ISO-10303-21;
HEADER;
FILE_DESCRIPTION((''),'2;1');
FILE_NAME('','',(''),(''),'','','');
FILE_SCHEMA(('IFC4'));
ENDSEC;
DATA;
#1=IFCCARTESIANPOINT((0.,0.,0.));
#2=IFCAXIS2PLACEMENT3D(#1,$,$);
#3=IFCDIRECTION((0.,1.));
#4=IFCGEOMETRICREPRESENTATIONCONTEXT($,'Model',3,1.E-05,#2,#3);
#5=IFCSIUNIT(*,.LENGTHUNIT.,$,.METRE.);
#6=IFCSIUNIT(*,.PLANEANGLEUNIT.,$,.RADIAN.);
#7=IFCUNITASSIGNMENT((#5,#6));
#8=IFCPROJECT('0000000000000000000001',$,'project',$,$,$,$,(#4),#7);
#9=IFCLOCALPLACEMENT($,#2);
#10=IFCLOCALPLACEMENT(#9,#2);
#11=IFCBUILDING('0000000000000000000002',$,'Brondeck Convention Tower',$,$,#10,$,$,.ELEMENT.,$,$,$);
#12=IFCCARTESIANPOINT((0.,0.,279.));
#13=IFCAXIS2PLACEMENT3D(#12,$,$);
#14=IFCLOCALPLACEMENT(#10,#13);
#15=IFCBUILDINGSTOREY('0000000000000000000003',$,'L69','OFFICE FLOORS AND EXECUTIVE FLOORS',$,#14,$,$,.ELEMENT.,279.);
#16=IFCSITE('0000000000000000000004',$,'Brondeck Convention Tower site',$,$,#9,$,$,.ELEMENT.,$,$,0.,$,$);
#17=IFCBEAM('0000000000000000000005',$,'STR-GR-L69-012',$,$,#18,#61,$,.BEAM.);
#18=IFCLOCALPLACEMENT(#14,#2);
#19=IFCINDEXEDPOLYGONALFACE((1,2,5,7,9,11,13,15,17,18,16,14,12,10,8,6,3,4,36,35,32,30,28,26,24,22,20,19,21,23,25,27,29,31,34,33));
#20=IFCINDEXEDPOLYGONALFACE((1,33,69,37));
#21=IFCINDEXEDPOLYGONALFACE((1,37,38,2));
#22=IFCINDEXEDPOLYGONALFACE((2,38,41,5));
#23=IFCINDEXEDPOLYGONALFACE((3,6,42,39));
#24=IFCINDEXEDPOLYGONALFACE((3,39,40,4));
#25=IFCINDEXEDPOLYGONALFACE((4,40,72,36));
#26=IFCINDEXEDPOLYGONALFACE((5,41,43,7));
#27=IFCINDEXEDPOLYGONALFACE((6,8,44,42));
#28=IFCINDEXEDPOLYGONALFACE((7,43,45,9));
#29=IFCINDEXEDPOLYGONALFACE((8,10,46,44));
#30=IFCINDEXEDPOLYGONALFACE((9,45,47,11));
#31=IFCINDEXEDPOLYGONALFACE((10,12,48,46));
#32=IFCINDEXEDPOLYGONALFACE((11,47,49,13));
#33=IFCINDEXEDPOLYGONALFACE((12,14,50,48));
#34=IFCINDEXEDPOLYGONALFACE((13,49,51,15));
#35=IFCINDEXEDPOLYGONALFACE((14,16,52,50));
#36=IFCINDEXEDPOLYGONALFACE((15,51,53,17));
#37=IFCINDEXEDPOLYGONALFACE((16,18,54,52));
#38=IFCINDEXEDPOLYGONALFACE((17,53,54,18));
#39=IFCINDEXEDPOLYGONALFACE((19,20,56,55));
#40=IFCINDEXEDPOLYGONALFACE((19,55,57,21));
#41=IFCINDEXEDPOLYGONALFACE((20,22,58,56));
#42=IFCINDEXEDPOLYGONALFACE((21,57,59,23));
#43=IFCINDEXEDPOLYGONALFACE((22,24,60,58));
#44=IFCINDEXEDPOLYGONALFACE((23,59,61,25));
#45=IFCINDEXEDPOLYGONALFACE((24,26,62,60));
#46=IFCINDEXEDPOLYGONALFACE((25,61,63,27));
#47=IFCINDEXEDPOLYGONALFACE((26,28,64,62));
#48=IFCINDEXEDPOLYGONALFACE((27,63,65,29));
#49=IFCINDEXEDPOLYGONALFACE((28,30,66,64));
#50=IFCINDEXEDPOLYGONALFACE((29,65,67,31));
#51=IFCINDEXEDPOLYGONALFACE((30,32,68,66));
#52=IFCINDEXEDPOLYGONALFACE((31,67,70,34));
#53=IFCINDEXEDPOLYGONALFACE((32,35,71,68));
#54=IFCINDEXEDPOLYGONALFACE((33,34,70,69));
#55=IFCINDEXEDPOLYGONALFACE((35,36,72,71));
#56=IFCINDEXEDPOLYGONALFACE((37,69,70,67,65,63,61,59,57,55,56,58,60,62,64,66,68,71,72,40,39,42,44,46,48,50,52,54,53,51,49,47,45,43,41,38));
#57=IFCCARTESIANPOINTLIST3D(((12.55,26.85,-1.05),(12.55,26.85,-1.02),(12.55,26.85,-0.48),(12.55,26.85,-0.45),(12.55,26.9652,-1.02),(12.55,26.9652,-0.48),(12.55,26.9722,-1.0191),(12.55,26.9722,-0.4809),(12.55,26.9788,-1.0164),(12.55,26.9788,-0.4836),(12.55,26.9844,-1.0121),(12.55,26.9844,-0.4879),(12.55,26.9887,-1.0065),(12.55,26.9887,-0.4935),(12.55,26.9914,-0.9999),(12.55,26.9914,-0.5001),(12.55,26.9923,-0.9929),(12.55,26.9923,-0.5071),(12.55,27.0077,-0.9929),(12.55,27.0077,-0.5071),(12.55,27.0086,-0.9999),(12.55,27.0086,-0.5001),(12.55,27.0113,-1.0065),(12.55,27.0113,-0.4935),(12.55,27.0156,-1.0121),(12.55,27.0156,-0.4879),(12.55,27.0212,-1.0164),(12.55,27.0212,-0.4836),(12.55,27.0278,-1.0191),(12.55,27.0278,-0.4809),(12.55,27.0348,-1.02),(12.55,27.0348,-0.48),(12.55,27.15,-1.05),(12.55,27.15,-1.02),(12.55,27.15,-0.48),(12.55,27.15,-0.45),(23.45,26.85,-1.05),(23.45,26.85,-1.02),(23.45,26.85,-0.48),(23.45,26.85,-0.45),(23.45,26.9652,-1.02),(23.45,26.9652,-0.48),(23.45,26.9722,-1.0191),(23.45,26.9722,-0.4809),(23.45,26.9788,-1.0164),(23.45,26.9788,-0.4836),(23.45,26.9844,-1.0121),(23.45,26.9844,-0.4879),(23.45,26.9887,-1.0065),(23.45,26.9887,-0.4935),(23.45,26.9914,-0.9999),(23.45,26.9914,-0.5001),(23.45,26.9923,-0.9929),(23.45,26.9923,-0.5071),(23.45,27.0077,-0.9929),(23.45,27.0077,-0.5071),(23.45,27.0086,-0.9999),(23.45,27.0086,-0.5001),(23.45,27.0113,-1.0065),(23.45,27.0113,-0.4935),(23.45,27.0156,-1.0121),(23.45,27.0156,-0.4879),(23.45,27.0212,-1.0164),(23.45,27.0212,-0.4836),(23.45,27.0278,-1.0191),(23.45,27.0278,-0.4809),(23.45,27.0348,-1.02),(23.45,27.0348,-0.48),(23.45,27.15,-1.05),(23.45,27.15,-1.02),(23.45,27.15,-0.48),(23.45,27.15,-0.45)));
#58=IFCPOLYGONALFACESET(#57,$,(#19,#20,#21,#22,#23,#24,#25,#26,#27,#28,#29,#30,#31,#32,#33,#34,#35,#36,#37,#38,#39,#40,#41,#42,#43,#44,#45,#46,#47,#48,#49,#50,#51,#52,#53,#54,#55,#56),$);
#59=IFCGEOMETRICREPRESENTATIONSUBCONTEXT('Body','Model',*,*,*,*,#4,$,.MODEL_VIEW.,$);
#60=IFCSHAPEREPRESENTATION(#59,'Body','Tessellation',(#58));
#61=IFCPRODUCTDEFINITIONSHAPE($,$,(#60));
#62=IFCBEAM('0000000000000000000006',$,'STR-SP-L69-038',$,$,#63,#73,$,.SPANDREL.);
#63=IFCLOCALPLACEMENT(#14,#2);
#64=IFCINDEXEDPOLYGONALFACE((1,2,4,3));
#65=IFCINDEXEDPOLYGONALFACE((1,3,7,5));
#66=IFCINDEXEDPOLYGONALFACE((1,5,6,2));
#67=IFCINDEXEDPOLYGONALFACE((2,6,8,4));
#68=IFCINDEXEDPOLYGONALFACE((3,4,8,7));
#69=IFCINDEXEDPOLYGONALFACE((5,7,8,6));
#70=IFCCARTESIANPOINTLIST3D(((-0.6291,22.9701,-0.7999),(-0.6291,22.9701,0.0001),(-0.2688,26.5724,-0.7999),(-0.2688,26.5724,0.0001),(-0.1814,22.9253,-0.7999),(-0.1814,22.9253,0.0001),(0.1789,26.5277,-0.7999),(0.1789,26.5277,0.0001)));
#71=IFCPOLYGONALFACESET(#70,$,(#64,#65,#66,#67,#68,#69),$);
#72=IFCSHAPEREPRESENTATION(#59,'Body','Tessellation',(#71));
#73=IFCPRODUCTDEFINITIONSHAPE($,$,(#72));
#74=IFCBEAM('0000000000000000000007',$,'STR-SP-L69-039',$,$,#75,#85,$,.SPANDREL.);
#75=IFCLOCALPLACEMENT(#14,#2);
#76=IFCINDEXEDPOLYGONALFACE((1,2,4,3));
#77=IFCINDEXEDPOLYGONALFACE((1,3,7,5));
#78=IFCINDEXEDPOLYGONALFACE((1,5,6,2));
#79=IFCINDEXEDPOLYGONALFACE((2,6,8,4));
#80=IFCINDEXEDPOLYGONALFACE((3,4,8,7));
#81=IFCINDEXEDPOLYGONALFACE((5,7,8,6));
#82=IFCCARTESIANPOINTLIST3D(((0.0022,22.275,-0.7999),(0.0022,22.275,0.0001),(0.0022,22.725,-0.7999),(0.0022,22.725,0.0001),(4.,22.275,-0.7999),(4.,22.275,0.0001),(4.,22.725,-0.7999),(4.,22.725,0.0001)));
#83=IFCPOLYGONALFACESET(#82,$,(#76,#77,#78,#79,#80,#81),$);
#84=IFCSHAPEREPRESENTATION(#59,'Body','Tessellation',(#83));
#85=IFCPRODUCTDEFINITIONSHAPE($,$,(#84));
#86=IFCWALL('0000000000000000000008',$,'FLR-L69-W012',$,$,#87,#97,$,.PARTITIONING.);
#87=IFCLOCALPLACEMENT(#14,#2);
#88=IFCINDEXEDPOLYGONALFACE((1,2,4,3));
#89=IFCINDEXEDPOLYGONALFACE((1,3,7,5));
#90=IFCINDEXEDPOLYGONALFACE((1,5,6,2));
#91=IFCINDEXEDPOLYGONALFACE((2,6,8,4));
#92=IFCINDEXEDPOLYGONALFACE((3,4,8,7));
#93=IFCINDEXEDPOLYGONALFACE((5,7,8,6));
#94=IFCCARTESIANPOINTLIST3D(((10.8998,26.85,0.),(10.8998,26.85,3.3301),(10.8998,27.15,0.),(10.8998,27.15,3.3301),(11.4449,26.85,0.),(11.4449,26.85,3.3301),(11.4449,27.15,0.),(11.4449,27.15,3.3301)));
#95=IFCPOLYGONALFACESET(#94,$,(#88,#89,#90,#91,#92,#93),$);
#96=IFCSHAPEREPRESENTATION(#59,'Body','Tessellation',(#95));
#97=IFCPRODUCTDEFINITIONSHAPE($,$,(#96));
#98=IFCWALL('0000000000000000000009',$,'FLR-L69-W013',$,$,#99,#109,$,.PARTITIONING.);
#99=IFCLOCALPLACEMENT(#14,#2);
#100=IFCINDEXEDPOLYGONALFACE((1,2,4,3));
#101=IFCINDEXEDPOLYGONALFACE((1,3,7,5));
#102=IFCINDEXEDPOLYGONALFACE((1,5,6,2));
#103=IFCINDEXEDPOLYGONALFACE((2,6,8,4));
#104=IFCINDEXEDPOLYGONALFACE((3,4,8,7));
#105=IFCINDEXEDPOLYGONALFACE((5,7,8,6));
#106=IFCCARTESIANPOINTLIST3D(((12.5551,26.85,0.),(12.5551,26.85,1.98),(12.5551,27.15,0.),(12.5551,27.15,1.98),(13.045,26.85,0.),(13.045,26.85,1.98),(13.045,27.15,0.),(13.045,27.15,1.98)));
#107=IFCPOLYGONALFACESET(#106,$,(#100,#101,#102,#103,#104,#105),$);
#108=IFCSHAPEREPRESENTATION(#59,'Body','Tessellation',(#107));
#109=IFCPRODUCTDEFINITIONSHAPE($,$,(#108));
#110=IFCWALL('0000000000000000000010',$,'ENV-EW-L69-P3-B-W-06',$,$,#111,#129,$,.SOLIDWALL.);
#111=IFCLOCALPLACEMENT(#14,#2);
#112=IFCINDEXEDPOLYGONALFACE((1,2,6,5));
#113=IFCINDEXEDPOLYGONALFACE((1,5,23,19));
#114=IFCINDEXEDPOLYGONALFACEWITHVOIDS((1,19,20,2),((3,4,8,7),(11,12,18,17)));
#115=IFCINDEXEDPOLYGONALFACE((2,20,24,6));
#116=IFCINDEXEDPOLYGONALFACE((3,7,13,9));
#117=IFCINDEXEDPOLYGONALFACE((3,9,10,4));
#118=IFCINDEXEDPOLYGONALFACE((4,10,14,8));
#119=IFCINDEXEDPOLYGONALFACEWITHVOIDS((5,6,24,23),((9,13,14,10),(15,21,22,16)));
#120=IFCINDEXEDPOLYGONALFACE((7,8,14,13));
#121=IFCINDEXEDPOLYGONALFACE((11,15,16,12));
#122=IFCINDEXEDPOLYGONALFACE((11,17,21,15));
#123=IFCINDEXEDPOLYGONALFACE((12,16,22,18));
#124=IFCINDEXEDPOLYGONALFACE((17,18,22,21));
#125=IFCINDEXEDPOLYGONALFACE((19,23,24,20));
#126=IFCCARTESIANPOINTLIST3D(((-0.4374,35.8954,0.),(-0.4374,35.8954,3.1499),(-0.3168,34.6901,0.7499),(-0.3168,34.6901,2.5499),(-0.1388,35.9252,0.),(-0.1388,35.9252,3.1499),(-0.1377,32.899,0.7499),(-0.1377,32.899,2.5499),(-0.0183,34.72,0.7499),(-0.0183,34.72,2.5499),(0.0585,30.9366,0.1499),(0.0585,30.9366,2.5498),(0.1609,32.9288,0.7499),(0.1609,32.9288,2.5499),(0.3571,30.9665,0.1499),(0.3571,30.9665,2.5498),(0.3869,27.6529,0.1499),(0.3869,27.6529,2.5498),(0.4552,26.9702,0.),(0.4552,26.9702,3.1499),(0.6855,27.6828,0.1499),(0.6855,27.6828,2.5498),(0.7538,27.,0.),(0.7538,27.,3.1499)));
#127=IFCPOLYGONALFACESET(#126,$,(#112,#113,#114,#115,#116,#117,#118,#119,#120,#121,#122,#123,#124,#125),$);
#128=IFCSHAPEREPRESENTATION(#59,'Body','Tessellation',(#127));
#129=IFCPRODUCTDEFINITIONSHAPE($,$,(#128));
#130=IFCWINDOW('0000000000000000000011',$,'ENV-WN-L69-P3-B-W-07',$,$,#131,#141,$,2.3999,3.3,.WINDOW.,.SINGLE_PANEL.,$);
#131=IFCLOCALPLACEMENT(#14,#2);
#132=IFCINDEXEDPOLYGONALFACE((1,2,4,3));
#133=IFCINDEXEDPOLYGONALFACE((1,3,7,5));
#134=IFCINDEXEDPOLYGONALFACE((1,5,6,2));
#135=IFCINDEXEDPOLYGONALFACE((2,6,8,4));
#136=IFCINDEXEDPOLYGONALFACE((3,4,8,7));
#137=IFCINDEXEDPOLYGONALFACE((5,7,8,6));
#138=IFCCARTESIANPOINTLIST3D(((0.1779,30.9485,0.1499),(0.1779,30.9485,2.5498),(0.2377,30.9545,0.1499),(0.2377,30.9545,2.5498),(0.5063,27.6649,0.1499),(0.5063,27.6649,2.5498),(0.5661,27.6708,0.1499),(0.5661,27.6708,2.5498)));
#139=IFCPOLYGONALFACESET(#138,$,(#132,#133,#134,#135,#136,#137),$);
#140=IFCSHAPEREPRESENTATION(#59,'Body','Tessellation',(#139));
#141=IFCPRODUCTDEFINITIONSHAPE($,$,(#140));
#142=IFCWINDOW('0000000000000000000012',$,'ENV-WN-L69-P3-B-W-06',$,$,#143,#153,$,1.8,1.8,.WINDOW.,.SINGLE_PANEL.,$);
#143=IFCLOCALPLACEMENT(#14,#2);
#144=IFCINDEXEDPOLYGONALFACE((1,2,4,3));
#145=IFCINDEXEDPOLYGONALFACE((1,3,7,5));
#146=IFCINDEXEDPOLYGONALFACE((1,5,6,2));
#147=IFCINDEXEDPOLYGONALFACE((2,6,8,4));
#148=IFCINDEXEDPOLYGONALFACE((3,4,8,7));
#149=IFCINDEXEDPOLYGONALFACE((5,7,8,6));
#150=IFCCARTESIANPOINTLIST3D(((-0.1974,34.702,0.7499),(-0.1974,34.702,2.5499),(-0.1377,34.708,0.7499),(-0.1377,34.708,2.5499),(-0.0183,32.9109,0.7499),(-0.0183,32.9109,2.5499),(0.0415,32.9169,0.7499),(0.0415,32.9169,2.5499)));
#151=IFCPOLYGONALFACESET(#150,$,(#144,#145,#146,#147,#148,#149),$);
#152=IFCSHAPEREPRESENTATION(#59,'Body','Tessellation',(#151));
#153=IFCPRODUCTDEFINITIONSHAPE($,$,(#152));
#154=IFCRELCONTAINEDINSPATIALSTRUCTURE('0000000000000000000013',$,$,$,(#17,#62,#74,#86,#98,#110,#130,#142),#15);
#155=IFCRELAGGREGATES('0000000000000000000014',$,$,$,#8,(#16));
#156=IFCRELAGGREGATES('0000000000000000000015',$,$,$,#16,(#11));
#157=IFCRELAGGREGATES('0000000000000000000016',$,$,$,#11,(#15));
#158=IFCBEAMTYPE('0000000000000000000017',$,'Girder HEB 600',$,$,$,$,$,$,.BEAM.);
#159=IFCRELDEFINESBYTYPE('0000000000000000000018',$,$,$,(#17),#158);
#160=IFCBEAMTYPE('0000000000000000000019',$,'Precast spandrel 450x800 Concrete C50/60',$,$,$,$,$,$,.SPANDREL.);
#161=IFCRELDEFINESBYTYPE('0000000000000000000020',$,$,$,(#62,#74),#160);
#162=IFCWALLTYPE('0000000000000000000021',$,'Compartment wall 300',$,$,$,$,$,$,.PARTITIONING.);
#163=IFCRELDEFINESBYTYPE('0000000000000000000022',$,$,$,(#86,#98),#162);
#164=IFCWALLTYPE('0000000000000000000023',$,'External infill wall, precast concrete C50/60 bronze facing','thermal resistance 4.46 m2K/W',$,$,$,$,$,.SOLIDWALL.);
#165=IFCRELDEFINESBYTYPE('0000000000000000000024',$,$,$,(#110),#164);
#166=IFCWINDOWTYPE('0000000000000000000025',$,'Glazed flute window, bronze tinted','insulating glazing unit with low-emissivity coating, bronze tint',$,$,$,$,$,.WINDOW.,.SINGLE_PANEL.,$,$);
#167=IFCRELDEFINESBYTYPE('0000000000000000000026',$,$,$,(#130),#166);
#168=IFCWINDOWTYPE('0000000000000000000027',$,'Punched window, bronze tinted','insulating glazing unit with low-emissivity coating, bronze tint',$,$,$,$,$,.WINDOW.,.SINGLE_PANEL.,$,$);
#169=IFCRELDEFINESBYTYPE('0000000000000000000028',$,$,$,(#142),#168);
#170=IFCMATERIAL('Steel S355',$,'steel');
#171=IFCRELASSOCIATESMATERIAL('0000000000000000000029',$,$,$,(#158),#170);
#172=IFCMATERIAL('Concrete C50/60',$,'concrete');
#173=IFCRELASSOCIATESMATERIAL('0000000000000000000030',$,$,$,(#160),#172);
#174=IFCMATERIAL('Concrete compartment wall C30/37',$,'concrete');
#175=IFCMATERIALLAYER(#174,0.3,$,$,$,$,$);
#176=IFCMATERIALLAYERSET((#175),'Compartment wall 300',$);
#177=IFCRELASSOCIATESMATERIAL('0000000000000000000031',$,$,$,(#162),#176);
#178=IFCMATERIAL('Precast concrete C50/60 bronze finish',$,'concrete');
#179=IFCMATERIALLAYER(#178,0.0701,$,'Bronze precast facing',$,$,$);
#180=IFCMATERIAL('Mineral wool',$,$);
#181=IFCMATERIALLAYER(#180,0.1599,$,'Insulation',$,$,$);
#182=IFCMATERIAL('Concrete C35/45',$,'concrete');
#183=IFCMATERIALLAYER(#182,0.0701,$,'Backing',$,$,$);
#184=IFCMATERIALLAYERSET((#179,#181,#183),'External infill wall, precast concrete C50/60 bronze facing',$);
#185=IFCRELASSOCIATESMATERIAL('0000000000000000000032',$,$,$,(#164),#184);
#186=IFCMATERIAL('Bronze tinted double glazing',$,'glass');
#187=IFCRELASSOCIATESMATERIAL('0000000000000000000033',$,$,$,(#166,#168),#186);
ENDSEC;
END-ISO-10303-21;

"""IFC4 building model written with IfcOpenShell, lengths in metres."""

from ifc_helpers import new_model, si_unit, direction, frame, frame_2d, origin, origin_2d, place, context, subcontext, project, spatial, rectangle, i_section, extrude, material, layer, layer_set, material_profile, profile_set, type_object, element, fill, save


model = new_model("IFC4")

# Units and contexts
model_context = context("Model", 3, precision=1e-05, world=origin(), true_north=direction((0.0, 1.0)))
body_context = subcontext(model_context, "Body", "Model", "MODEL_VIEW")
ifc_project = project(units=[si_unit("LENGTHUNIT", "METRE"), si_unit("PLANEANGLEUNIT", "RADIAN")], contexts=[model_context])

# Site, building, storey
site_placement = place(None, origin())
site = spatial("IfcSite", under=ifc_project, at=site_placement, Name="Brondeck Convention Tower site", CompositionType="ELEMENT", RefElevation=0.0)
building_placement = place(site_placement, origin())
building = spatial("IfcBuilding", under=site, at=building_placement, Name="Brondeck Convention Tower", CompositionType="ELEMENT")
storey_placement = place(building_placement, frame((0.0, 0.0, 279.0)))
storey = spatial("IfcBuildingStorey", under=building, at=storey_placement, Name="L69", Description="OFFICE FLOORS AND EXECUTIVE FLOORS", CompositionType="ELEMENT", Elevation=279.0)

# Shared definitions
ifc_material_1 = material(Name="Concrete C50/60", Category="concrete")

# Beams
ifc_material_2 = material(Name="Steel S355", Category="steel")
ifc_material_profile_1 = material_profile(ifc_material_2, i_section(OverallWidth=0.3, OverallDepth=0.6001, WebThickness=0.0154, FlangeThickness=0.03, FilletRadius=0.0271, at=origin_2d()), Name="HEB 600")
ifc_profile_set_1 = profile_set([ifc_material_profile_1], Name="Steel S355")
beam_type_1 = type_object("IfcBeamType", Name="Girder HEB 600", PredefinedType="BEAM", material=ifc_profile_set_1)
beam_1_placement = place(storey_placement, frame((12.55, 27.0, -0.75), z_axis=(1.0, 0.0, 0.0), x_axis=(0.0, 1.0, 0.0)))
element("IfcBeam", 1, at=beam_1_placement, inside=storey, type_object=beam_type_1, Name="STR-GR-L69-012", PredefinedType="BEAM", context=body_context, shape_type="SweptSolid", body=[
    extrude(i_section(OverallWidth=0.3, OverallDepth=0.6001, WebThickness=0.0154, FlangeThickness=0.03, FilletRadius=0.0271, at=origin_2d()), origin(), (0.0, 0.0, 1.0), 10.8999),
])
ifc_material_profile_2 = material_profile(ifc_material_1, rectangle(XDim=0.45, YDim=0.8, at=origin_2d()), Name="Precast spandrel 450x800 Concrete C50/60")
ifc_profile_set_2 = profile_set([ifc_material_profile_2], Name="Concrete C50/60")
beam_type_2 = type_object("IfcBeamType", Name="Precast spandrel 450x800 Concrete C50/60", PredefinedType="SPANDREL", material=ifc_profile_set_2)
beam_2_placement = place(storey_placement, frame((-0.0449, 26.55, -0.3999), z_axis=(-0.099537, -0.995034, 0.0), x_axis=(0.995034, -0.099537, 0.0)))
element("IfcBeam", 2, at=beam_2_placement, inside=storey, type_object=beam_type_2, Name="STR-SP-L69-038", PredefinedType="SPANDREL", context=body_context, shape_type="SweptSolid", body=[
    extrude(rectangle(XDim=0.45, YDim=0.8, at=origin_2d()), origin(), (0.0, 0.0, 1.0), 3.6204),
])
beam_3_placement = place(storey_placement, frame((0.0022, 22.5, -0.3999), z_axis=(1.0, 0.0, 0.0), x_axis=(0.0, 1.0, 0.0)))
element("IfcBeam", 3, at=beam_3_placement, inside=storey, type_object=beam_type_2, Name="STR-SP-L69-039", PredefinedType="SPANDREL", context=body_context, shape_type="SweptSolid", body=[
    extrude(rectangle(XDim=0.45, YDim=0.8, at=origin_2d()), origin(), (0.0, 0.0, 1.0), 3.9978),
])

# Walls
ifc_material_3 = material(Name="Concrete compartment wall C30/37", Category="concrete")
ifc_layer_1 = layer(ifc_material_3, 0.3)
ifc_layer_set_1 = layer_set([ifc_layer_1], Name="Compartment wall 300")
wall_type_1 = type_object("IfcWallType", Name="Compartment wall 300", PredefinedType="PARTITIONING", material=ifc_layer_set_1)
wall_1_placement = place(storey_placement, frame((10.8999, 27.0, 0.0), z_axis=(0.0, 0.0, 1.0), x_axis=(1.0, 0.0, 0.0)))
element("IfcWall", 4, at=wall_1_placement, inside=storey, type_object=wall_type_1, Name="FLR-L69-W012", PredefinedType="PARTITIONING", context=body_context, shape_type="SweptSolid", body=[
    extrude(rectangle(XDim=0.5452, YDim=0.3, at=frame_2d((0.2725, 0.0))), origin(), (0.0, 0.0, 1.0), 3.3301),
])
wall_2_placement = place(storey_placement, frame((12.5549, 27.0, 0.0), z_axis=(0.0, 0.0, 1.0), x_axis=(1.0, 0.0, 0.0)))
element("IfcWall", 5, at=wall_2_placement, inside=storey, type_object=wall_type_1, Name="FLR-L69-W013", PredefinedType="PARTITIONING", context=body_context, shape_type="SweptSolid", body=[
    extrude(rectangle(XDim=0.49, YDim=0.3, at=frame_2d((0.2451, 0.0))), origin(), (0.0, 0.0, 1.0), 1.98),
])

# Wall, openings, windows
ifc_material_4 = material(Name="Precast concrete C50/60 bronze finish", Category="concrete")
ifc_layer_2 = layer(ifc_material_4, 0.0701, Name="Bronze precast facing")
ifc_material_5 = material(Name="Mineral wool")
ifc_layer_3 = layer(ifc_material_5, 0.1599, Name="Insulation")
ifc_material_6 = material(Name="Concrete C35/45", Category="concrete")
ifc_layer_4 = layer(ifc_material_6, 0.0701, Name="Backing")
ifc_layer_set_2 = layer_set([ifc_layer_2, ifc_layer_3, ifc_layer_4], Name="External infill wall, precast concrete C50/60 bronze facing")
wall_type_2 = type_object("IfcWallType", Name="External infill wall, precast concrete C50/60 bronze facing", Description="thermal resistance 4.46 m2K/W", PredefinedType="SOLIDWALL", material=ifc_layer_set_2)
wall_3_placement = place(storey_placement, frame((0.6045, 26.9851, 0.0), z_axis=(0.0, 0.0, 1.0), x_axis=(-0.099509, 0.995037, 0.0)))
wall_3 = element("IfcWall", 6, at=wall_3_placement, inside=storey, type_object=wall_type_2, Name="ENV-EW-L69-P3-B-W-06", PredefinedType="SOLIDWALL", context=body_context, shape_type="SweptSolid", body=[
    extrude(rectangle(XDim=8.9697, YDim=0.3, at=frame_2d((4.4849, 0.0))), origin(), (0.0, 0.0, 1.0), 3.1499),
])
opening_1_placement = place(wall_3_placement, frame((0.6863, 0.0, 0.1499)))
opening_1 = element("IfcOpeningElement", 7, at=opening_1_placement, cuts=wall_3, PredefinedType="OPENING", context=body_context, shape_type="SweptSolid", body=[
    extrude(rectangle(XDim=3.3, YDim=2.3999, at=frame_2d((1.6499, 1.2))), frame((0.0, 0.1599, 0.0), z_axis=(0.0, -1.0, 0.0), x_axis=(1.0, 0.0, 0.0)), (0.0, 0.0, 1.0), 0.3201),
])
opening_2_placement = place(wall_3_placement, frame((5.9585, 0.0, 0.75)))
opening_2 = element("IfcOpeningElement", 8, at=opening_2_placement, cuts=wall_3, PredefinedType="OPENING", context=body_context, shape_type="SweptSolid", body=[
    extrude(rectangle(XDim=1.8, YDim=1.8, at=frame_2d((0.8999, 0.8999))), frame((0.0, 0.1599, 0.0), z_axis=(0.0, -1.0, 0.0), x_axis=(1.0, 0.0, 0.0)), (0.0, 0.0, 1.0), 0.3201),
])
ifc_material_7 = material(Name="Bronze tinted double glazing", Category="glass")
window_type_1 = type_object("IfcWindowType", Name="Glazed flute window, bronze tinted", Description="insulating glazing unit with low-emissivity coating, bronze tint", PartitioningType="SINGLE_PANEL", PredefinedType="WINDOW", material=ifc_material_7)
window_1_placement = place(opening_1_placement, origin())
window_1 = element("IfcWindow", 9, at=window_1_placement, inside=storey, type_object=window_type_1, Name="ENV-WN-L69-P3-B-W-07", OverallHeight=2.3999, OverallWidth=3.3, PartitioningType="SINGLE_PANEL", PredefinedType="WINDOW", context=body_context, shape_type="SweptSolid", body=[
    extrude(rectangle(XDim=3.3, YDim=2.3999, at=frame_2d((1.6499, 1.2))), frame((0.0, 0.03, 0.0), z_axis=(0.0, -1.0, 0.0), x_axis=(1.0, 0.0, 0.0)), (0.0, 0.0, 1.0), 0.0601),
])
fill(opening_1, window_1)
window_type_2 = type_object("IfcWindowType", Name="Punched window, bronze tinted", Description="insulating glazing unit with low-emissivity coating, bronze tint", PartitioningType="SINGLE_PANEL", PredefinedType="WINDOW", material=ifc_material_7)
window_2_placement = place(opening_2_placement, origin())
window_2 = element("IfcWindow", 10, at=window_2_placement, inside=storey, type_object=window_type_2, Name="ENV-WN-L69-P3-B-W-06", OverallHeight=1.8, OverallWidth=1.8, PartitioningType="SINGLE_PANEL", PredefinedType="WINDOW", context=body_context, shape_type="SweptSolid", body=[
    extrude(rectangle(XDim=1.8, YDim=1.8, at=frame_2d((0.8999, 0.8999))), frame((0.0, 0.03, 0.0), z_axis=(0.0, -1.0, 0.0), x_axis=(1.0, 0.0, 0.0)), (0.0, 0.0, 1.0), 0.0601),
])
fill(opening_2, window_2)

save(model, "model.ifc")
